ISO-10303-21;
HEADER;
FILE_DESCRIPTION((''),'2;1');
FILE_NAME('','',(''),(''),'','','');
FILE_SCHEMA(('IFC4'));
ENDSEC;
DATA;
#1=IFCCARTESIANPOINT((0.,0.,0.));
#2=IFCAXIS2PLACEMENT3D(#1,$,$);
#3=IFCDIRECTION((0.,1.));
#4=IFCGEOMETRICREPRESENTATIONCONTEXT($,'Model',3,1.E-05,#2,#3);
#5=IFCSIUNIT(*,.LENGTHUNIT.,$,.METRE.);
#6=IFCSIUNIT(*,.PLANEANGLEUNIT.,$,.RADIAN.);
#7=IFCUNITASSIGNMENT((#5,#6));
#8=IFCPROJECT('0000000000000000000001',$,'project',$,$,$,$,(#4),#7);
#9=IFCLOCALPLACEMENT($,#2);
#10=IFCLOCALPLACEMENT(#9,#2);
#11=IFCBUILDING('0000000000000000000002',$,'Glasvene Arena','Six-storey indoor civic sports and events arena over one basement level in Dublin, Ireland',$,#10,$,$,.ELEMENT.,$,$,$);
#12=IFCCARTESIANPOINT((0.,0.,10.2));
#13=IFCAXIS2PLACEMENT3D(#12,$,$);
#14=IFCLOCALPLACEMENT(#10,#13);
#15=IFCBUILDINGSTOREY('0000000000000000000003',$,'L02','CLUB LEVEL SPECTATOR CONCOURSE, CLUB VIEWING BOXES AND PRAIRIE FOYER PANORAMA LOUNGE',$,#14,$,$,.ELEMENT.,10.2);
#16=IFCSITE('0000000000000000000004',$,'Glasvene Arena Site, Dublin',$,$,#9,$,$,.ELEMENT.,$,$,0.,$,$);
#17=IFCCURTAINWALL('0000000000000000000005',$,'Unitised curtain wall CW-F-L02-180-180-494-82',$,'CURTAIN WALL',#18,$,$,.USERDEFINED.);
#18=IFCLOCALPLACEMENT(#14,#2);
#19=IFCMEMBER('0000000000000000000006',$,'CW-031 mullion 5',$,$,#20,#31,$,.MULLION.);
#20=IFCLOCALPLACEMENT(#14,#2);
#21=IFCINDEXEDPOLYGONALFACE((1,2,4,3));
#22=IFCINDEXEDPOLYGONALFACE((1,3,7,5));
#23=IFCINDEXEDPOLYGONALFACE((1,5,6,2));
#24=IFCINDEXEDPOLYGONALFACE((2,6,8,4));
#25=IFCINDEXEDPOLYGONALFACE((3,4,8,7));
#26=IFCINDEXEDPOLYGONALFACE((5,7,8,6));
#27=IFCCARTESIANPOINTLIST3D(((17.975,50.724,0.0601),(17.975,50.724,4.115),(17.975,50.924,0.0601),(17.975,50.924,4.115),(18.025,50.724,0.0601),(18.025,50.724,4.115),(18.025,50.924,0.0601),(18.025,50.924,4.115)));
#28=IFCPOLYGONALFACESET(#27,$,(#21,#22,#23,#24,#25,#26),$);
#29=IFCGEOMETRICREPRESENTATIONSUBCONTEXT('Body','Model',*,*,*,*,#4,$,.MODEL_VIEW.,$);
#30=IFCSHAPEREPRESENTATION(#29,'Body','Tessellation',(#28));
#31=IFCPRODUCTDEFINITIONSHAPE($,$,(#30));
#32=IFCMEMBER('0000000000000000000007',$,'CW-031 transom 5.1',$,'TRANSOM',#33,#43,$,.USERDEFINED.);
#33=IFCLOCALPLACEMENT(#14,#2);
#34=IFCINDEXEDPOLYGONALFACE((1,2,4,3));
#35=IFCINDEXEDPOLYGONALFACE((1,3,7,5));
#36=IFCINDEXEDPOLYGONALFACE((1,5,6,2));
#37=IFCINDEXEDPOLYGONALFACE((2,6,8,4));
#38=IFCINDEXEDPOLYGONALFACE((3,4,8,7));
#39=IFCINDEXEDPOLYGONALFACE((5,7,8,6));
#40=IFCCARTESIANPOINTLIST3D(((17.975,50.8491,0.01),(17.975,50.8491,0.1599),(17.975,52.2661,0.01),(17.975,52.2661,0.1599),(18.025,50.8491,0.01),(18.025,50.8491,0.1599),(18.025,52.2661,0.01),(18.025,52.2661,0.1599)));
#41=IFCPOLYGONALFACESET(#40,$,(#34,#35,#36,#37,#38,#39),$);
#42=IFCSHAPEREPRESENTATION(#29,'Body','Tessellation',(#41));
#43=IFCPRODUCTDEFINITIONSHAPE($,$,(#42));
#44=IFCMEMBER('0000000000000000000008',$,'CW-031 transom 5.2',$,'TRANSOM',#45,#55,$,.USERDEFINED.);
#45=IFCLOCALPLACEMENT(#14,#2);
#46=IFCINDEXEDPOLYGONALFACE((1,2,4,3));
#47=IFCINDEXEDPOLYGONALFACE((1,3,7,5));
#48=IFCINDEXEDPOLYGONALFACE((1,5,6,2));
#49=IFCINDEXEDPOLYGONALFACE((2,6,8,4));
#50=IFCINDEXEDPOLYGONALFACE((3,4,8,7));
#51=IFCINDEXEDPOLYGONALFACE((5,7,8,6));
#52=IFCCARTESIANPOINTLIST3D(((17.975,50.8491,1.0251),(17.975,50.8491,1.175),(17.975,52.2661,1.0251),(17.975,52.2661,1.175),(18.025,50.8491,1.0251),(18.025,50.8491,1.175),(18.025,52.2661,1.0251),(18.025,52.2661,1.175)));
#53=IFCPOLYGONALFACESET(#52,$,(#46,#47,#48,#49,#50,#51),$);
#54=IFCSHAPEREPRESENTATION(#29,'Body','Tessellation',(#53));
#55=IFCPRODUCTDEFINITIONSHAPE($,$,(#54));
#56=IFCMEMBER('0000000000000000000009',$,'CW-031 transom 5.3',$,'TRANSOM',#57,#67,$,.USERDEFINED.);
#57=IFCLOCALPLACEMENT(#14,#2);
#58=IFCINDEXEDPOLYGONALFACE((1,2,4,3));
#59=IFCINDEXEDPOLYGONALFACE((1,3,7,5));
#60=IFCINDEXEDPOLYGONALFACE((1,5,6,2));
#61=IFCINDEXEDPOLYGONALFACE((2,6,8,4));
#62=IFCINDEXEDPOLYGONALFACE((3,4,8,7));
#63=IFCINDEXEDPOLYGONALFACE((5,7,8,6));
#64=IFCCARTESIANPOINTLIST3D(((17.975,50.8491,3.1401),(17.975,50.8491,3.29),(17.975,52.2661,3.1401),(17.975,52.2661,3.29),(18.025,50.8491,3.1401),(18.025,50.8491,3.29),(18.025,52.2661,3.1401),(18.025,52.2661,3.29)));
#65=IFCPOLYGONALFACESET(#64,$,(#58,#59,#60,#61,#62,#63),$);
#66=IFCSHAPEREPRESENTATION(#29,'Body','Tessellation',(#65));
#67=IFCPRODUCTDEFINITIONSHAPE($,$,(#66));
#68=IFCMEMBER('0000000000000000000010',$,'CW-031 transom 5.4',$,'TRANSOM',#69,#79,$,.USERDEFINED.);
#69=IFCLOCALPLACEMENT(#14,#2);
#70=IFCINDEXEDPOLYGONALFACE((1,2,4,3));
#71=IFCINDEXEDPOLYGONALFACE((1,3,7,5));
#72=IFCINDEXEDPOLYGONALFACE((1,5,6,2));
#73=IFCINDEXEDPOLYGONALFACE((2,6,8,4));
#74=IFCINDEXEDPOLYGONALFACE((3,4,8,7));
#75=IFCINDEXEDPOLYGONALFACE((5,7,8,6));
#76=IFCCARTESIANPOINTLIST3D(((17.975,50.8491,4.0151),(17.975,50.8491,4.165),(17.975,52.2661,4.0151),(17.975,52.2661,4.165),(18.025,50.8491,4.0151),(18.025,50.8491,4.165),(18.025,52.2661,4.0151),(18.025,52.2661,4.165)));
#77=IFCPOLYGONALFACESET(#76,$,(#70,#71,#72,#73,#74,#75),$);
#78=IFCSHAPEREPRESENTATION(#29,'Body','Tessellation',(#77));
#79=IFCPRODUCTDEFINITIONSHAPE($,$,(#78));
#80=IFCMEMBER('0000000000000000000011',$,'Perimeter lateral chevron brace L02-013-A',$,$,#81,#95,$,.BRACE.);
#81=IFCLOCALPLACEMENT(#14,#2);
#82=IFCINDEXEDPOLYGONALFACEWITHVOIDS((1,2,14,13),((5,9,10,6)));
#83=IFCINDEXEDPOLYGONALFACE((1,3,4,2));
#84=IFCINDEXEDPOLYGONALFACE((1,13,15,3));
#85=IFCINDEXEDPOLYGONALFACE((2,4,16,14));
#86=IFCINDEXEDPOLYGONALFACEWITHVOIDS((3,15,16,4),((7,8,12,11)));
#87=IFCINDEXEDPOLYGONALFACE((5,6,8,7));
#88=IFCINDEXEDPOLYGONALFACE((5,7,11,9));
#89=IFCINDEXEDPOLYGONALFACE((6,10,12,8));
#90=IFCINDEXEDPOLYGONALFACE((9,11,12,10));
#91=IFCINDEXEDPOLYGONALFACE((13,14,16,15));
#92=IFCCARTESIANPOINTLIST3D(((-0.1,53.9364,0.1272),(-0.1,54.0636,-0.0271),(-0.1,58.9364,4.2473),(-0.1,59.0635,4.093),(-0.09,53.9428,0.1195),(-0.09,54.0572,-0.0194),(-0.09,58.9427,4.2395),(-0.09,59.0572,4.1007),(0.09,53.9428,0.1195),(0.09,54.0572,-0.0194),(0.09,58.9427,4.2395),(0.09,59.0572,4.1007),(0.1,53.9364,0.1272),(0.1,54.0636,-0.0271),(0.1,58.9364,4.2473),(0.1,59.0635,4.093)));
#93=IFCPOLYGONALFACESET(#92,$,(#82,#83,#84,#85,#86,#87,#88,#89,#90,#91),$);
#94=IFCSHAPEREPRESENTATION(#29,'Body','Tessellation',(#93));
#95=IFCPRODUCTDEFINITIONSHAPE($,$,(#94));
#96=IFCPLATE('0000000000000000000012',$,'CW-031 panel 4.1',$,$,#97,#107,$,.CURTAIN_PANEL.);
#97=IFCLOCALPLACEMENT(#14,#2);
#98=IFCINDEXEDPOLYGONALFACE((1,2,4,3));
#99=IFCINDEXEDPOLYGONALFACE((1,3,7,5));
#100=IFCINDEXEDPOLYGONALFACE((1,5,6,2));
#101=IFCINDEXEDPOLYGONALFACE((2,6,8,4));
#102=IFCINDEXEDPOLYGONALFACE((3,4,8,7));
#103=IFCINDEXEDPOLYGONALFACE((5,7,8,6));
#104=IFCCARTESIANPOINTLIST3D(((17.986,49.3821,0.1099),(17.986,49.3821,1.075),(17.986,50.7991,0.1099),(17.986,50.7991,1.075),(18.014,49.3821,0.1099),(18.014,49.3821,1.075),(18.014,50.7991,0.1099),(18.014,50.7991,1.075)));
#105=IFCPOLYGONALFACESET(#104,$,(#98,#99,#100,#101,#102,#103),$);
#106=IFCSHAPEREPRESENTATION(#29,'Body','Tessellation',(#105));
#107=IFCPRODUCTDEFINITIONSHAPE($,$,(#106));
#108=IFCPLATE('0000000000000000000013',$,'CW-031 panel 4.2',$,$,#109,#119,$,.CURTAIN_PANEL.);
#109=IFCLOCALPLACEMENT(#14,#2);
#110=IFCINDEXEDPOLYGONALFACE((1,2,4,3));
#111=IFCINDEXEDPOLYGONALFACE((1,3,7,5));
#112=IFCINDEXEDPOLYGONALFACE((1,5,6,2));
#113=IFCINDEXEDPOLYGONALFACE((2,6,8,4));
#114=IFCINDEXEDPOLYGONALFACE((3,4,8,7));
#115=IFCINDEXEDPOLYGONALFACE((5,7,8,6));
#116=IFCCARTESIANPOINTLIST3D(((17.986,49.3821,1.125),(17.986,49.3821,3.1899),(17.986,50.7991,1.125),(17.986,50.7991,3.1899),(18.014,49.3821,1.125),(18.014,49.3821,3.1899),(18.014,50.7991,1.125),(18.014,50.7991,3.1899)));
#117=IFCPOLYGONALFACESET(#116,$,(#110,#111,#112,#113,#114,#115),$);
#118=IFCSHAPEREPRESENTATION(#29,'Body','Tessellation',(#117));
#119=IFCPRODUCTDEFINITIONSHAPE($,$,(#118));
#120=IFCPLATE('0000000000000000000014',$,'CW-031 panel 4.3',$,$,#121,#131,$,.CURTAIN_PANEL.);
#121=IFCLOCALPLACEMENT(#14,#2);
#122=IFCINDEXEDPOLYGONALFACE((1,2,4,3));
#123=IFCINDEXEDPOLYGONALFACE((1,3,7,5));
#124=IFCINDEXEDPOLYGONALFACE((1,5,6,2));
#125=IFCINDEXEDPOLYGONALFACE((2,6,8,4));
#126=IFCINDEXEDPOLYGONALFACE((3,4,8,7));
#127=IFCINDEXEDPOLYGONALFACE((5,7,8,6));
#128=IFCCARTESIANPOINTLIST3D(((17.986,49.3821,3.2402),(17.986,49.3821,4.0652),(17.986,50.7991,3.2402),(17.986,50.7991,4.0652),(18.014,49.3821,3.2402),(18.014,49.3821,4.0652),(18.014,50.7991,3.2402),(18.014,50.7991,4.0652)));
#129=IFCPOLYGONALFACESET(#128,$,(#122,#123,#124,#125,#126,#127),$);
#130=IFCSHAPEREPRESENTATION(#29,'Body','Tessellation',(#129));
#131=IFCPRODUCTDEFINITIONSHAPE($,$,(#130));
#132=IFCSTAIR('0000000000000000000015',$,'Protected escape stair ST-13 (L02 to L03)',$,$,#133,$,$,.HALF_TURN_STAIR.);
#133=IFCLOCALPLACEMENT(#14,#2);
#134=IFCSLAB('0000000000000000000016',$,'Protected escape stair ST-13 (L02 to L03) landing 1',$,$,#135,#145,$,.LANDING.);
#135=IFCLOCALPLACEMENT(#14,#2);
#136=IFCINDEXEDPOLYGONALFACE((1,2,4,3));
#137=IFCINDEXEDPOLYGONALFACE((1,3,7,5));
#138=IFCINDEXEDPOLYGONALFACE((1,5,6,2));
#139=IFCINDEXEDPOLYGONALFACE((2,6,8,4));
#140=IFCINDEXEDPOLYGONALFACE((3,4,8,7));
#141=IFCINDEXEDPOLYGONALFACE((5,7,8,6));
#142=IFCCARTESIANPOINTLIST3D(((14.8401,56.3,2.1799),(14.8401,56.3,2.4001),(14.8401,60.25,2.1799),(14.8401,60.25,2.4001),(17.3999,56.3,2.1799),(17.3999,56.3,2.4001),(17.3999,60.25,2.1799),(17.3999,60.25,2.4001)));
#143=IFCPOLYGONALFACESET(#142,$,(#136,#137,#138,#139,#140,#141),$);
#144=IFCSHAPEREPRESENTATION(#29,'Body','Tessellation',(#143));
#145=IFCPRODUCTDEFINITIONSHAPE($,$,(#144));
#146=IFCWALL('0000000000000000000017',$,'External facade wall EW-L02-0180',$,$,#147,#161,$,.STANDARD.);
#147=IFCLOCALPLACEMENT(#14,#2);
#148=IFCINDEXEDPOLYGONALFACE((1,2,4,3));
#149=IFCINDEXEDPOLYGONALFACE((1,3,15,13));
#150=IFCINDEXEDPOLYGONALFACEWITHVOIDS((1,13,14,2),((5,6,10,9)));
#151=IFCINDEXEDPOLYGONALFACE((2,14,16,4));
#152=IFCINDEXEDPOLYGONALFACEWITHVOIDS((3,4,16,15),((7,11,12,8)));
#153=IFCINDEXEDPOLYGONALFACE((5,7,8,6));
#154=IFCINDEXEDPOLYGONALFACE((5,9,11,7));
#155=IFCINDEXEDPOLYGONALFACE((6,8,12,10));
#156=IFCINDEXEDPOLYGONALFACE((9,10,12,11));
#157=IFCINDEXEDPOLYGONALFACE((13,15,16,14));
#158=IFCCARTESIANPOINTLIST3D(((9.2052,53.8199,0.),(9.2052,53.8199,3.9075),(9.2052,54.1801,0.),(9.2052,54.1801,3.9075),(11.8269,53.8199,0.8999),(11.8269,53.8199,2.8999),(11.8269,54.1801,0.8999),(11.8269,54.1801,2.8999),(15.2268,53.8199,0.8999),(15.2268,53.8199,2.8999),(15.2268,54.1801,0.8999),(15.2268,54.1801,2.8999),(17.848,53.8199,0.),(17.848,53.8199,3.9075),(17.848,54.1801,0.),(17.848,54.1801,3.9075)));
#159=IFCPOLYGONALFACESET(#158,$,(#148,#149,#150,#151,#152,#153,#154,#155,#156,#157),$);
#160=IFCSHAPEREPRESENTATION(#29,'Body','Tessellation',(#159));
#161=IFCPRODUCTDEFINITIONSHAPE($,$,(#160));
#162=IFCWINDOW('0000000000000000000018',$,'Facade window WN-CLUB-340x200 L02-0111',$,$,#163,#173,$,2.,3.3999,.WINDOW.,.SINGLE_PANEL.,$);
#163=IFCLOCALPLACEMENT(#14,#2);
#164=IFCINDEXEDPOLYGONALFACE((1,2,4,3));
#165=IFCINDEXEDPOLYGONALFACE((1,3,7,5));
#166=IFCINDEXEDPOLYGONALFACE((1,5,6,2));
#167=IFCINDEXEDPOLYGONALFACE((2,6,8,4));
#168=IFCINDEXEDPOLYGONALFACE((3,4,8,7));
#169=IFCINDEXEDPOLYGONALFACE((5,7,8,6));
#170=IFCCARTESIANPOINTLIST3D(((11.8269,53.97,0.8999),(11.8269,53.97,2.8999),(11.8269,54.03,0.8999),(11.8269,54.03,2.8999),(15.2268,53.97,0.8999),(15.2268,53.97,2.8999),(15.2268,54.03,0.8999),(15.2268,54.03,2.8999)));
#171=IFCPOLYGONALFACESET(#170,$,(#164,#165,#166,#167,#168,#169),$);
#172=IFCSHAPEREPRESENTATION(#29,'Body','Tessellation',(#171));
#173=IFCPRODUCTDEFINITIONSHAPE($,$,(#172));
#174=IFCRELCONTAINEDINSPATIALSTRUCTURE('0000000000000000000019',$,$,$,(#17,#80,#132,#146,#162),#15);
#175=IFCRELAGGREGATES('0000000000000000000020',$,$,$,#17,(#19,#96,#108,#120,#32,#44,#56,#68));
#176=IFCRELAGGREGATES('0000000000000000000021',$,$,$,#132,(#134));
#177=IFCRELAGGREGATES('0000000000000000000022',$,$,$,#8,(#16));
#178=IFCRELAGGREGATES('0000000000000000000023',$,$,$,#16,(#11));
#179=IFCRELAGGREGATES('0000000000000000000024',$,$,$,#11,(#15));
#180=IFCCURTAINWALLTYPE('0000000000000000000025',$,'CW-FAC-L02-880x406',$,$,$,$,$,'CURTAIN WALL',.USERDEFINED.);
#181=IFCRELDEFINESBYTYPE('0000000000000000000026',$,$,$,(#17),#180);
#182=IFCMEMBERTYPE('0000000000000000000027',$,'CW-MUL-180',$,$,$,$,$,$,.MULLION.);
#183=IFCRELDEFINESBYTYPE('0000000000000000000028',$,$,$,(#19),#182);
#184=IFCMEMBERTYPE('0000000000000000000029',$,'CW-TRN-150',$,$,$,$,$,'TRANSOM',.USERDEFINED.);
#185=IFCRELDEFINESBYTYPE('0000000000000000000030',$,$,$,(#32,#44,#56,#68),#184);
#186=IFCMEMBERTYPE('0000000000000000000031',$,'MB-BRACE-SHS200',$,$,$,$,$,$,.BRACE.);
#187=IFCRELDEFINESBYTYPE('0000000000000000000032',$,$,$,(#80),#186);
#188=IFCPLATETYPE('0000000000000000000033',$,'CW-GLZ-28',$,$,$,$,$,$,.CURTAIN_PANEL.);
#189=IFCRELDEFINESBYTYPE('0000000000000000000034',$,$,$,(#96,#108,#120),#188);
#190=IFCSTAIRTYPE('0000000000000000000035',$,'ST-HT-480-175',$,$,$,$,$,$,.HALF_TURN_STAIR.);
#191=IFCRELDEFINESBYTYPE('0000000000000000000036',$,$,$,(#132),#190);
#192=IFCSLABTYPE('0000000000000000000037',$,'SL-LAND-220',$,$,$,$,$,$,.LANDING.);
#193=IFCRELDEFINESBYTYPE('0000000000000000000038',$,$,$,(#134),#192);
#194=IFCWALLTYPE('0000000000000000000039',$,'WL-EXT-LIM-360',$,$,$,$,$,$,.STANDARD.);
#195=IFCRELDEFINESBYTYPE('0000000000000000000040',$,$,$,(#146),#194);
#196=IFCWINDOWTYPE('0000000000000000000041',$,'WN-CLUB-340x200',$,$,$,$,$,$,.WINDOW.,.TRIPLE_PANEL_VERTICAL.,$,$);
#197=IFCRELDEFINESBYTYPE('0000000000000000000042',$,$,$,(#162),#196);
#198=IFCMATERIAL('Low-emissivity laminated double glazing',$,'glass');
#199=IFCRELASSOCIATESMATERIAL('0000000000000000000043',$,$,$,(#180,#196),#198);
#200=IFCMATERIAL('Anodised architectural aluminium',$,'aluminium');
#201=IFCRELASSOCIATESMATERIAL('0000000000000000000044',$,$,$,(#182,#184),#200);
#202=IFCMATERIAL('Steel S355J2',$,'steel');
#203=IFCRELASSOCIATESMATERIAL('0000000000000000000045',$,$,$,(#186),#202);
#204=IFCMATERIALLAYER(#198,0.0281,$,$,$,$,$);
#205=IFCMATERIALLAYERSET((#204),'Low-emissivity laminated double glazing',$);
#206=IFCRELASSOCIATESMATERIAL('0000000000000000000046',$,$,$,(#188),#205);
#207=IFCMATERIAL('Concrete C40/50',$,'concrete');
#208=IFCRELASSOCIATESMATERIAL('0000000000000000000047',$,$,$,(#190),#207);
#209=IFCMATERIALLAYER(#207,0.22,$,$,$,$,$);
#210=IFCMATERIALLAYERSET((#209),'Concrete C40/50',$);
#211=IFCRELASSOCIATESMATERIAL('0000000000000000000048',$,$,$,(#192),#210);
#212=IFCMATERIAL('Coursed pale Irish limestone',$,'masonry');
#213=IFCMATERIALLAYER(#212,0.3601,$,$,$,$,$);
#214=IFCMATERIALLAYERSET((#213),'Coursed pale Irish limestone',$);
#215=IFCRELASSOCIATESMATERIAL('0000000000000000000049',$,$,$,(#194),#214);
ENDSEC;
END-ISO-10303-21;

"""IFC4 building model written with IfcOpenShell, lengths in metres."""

from ifc_helpers import new_model, si_unit, direction, frame, frame_2d, origin, origin_2d, place, context, subcontext, project, spatial, polyline, rectangle, hollow_rectangle, outline, extrude, material, layer, layer_set, material_profile, profile_set, type_object, element, fill, aggregate, save


model = new_model("IFC4")

# Units and contexts
model_context = context("Model", 3, precision=1e-05, world=origin(), true_north=direction((0.0, 1.0)))
body_context = subcontext(model_context, "Body", "Model", "MODEL_VIEW")
ifc_project = project(units=[si_unit("LENGTHUNIT", "METRE"), si_unit("PLANEANGLEUNIT", "RADIAN")], contexts=[model_context])

# Site, building, storey
site_placement = place(None, origin())
site = spatial("IfcSite", under=ifc_project, at=site_placement, Name="Glasvene Arena Site, Dublin", CompositionType="ELEMENT", RefElevation=0.0)
building_placement = place(site_placement, origin())
building = spatial("IfcBuilding", under=site, at=building_placement, Name="Glasvene Arena", Description="Six-storey indoor civic sports and events arena over one basement level in Dublin, Ireland", CompositionType="ELEMENT")
storey_placement = place(building_placement, frame((0.0, 0.0, 10.2)))
storey = spatial("IfcBuildingStorey", under=building, at=storey_placement, Name="L02", Description="CLUB LEVEL SPECTATOR CONCOURSE, CLUB VIEWING BOXES AND PRAIRIE FOYER PANORAMA LOUNGE", CompositionType="ELEMENT", Elevation=10.2)

# Shared definitions
ifc_material_1 = material(Name="Steel S355J2", Category="steel")

# Curtain wall, members
ifc_material_2 = material(Name="Low-emissivity laminated double glazing", Category="glass")
curtain_wall_type = type_object("IfcCurtainWallType", Name="CW-FAC-L02-880x406", ElementType="CURTAIN WALL", PredefinedType="USERDEFINED", material=ifc_material_2)
curtain_wall_placement = place(storey_placement, frame((18.0, 44.9561, 0.0)))
curtain_wall = element("IfcCurtainWall", 1, at=curtain_wall_placement, inside=storey, type_object=curtain_wall_type, Name="Unitised curtain wall CW-F-L02-180-180-494-82", ObjectType="CURTAIN WALL", PredefinedType="USERDEFINED")
ifc_material_3 = material(Name="Anodised architectural aluminium", Category="aluminium")
ifc_material_profile_1 = material_profile(ifc_material_3, rectangle(XDim=0.05, YDim=0.2, at=origin_2d()), Name="ALU MULLION 50x200")
ifc_profile_set_1 = profile_set([ifc_material_profile_1], Name="Anodised architectural aluminium")
member_type_1 = type_object("IfcMemberType", Name="CW-MUL-180", PredefinedType="MULLION", material=ifc_profile_set_1)
member_1_placement = place(storey_placement, frame((18.0, 50.824, 0.0601), z_axis=(0.0, 0.0, 1.0), x_axis=(-1.0, 0.0, 0.0)))
member_1 = element("IfcMember", 2, at=member_1_placement, type_object=member_type_1, Name="CW-031 mullion 5", PredefinedType="MULLION", context=body_context, shape_type="SweptSolid", body=[
    extrude(rectangle(XDim=0.05, YDim=0.2, at=origin_2d()), origin(), (0.0, 0.0, 1.0), 4.0549),
])
ifc_material_profile_2 = material_profile(ifc_material_3, rectangle(XDim=0.05, YDim=0.1499, at=origin_2d()), Name="ALU TRANSOM 50x150")
ifc_profile_set_2 = profile_set([ifc_material_profile_2], Name="Anodised architectural aluminium")
member_type_2 = type_object("IfcMemberType", Name="CW-TRN-150", ElementType="TRANSOM", PredefinedType="USERDEFINED", material=ifc_profile_set_2)
member_2_placement = place(storey_placement, frame((18.0, 50.8491, 0.085), z_axis=(0.0, 1.0, 0.0), x_axis=(-1.0, 0.0, 0.0)))
member_2 = element("IfcMember", 3, at=member_2_placement, type_object=member_type_2, Name="CW-031 transom 5.1", ObjectType="TRANSOM", PredefinedType="USERDEFINED", context=body_context, shape_type="SweptSolid", body=[
    extrude(rectangle(XDim=0.05, YDim=0.1499, at=origin_2d()), origin(), (0.0, 0.0, 1.0), 1.417),
])
member_3_placement = place(storey_placement, frame((18.0, 50.8491, 1.1001), z_axis=(0.0, 1.0, 0.0), x_axis=(-1.0, 0.0, 0.0)))
member_3 = element("IfcMember", 4, at=member_3_placement, type_object=member_type_2, Name="CW-031 transom 5.2", ObjectType="TRANSOM", PredefinedType="USERDEFINED", context=body_context, shape_type="SweptSolid", body=[
    extrude(rectangle(XDim=0.05, YDim=0.1499, at=origin_2d()), origin(), (0.0, 0.0, 1.0), 1.417),
])
member_4_placement = place(storey_placement, frame((18.0, 50.8491, 3.2151), z_axis=(0.0, 1.0, 0.0), x_axis=(-1.0, 0.0, 0.0)))
member_4 = element("IfcMember", 5, at=member_4_placement, type_object=member_type_2, Name="CW-031 transom 5.3", ObjectType="TRANSOM", PredefinedType="USERDEFINED", context=body_context, shape_type="SweptSolid", body=[
    extrude(rectangle(XDim=0.05, YDim=0.1499, at=origin_2d()), origin(), (0.0, 0.0, 1.0), 1.417),
])
member_5_placement = place(storey_placement, frame((18.0, 50.8491, 4.0901), z_axis=(0.0, 1.0, 0.0), x_axis=(-1.0, 0.0, 0.0)))
member_5 = element("IfcMember", 6, at=member_5_placement, type_object=member_type_2, Name="CW-031 transom 5.4", ObjectType="TRANSOM", PredefinedType="USERDEFINED", context=body_context, shape_type="SweptSolid", body=[
    extrude(rectangle(XDim=0.05, YDim=0.1499, at=origin_2d()), origin(), (0.0, 0.0, 1.0), 1.417),
])

# Member
ifc_material_profile_3 = material_profile(ifc_material_1, hollow_rectangle(XDim=0.2, YDim=0.2, WallThickness=0.01, at=origin_2d()), Name="SHS 200x200x10.0")
ifc_profile_set_3 = profile_set([ifc_material_profile_3], Name="Steel S355J2")
member_type_3 = type_object("IfcMemberType", Name="MB-BRACE-SHS200", PredefinedType="BRACE", material=ifc_profile_set_3)
member_6_placement = place(storey_placement, frame((0.0, 54.0, 0.05), z_axis=(0.0, 0.771743, 0.635934), x_axis=(-1.0, 0.0, 0.0)))
element("IfcMember", 7, at=member_6_placement, inside=storey, type_object=member_type_3, Name="Perimeter lateral chevron brace L02-013-A", PredefinedType="BRACE", context=body_context, shape_type="SweptSolid", body=[
    extrude(hollow_rectangle(XDim=0.2, YDim=0.2, WallThickness=0.01, at=origin_2d()), origin(), (0.0, 0.0, 1.0), 6.4788),
])

# Plates
ifc_layer_1 = layer(ifc_material_2, 0.0281)
ifc_layer_set_1 = layer_set([ifc_layer_1], Name="Low-emissivity laminated double glazing")
plate_type = type_object("IfcPlateType", Name="CW-GLZ-28", PredefinedType="CURTAIN_PANEL", material=ifc_layer_set_1)
plate_1_placement = place(storey_placement, frame((18.0, 50.0906, 0.1099), z_axis=(0.0, 0.0, 1.0), x_axis=(0.0, 1.0, 0.0)))
plate_1 = element("IfcPlate", 8, at=plate_1_placement, type_object=plate_type, Name="CW-031 panel 4.1", PredefinedType="CURTAIN_PANEL", context=body_context, shape_type="SweptSolid", body=[
    extrude(rectangle(XDim=1.417, YDim=0.0281, at=origin_2d()), origin(), (0.0, 0.0, 1.0), 0.9651),
])
plate_2_placement = place(storey_placement, frame((18.0, 50.0906, 1.125), z_axis=(0.0, 0.0, 1.0), x_axis=(0.0, 1.0, 0.0)))
plate_2 = element("IfcPlate", 9, at=plate_2_placement, type_object=plate_type, Name="CW-031 panel 4.2", PredefinedType="CURTAIN_PANEL", context=body_context, shape_type="SweptSolid", body=[
    extrude(rectangle(XDim=1.417, YDim=0.0281, at=origin_2d()), origin(), (0.0, 0.0, 1.0), 2.0649),
])
plate_3_placement = place(storey_placement, frame((18.0, 50.0906, 3.2402), z_axis=(0.0, 0.0, 1.0), x_axis=(0.0, 1.0, 0.0)))
plate_3 = element("IfcPlate", 10, at=plate_3_placement, type_object=plate_type, Name="CW-031 panel 4.3", PredefinedType="CURTAIN_PANEL", context=body_context, shape_type="SweptSolid", body=[
    extrude(rectangle(XDim=1.417, YDim=0.0281, at=origin_2d()), origin(), (0.0, 0.0, 1.0), 0.825),
])
aggregate(curtain_wall, [member_1, plate_1, plate_2, plate_3, member_2, member_3, member_4, member_5])

# Shared definitions
ifc_material_4 = material(Name="Concrete C40/50", Category="concrete")

# Stair, slab
stair_type = type_object("IfcStairType", Name="ST-HT-480-175", PredefinedType="HALF_TURN_STAIR", material=ifc_material_4)
stair_placement = place(storey_placement, origin())
stair = element("IfcStair", 11, at=stair_placement, inside=storey, type_object=stair_type, Name="Protected escape stair ST-13 (L02 to L03)", PredefinedType="HALF_TURN_STAIR")
ifc_layer_2 = layer(ifc_material_4, 0.22)
ifc_layer_set_2 = layer_set([ifc_layer_2], Name="Concrete C40/50")
slab_type_1 = type_object("IfcSlabType", Name="SL-LAND-220", PredefinedType="LANDING", material=ifc_layer_set_2)
slab_1_placement = place(storey_placement, frame((16.1201, 58.2749, 2.1799)))
slab_1 = element("IfcSlab", 12, at=slab_1_placement, type_object=slab_type_1, Name="Protected escape stair ST-13 (L02 to L03) landing 1", PredefinedType="LANDING", context=body_context, shape_type="SweptSolid", body=[
    extrude(outline(polyline([(-1.28, -1.9749), (1.2798, -1.9749), (1.2798, 1.9751), (-1.28, 1.9751), (-1.28, -1.9749)])), origin(), (0.0, 0.0, 1.0), 0.2202),
])

# Wall, opening, window
ifc_material_5 = material(Name="Coursed pale Irish limestone", Category="masonry")
ifc_layer_3 = layer(ifc_material_5, 0.3601)
ifc_layer_set_3 = layer_set([ifc_layer_3], Name="Coursed pale Irish limestone")
wall_type_1 = type_object("IfcWallType", Name="WL-EXT-LIM-360", PredefinedType="STANDARD", material=ifc_layer_set_3)
wall_1_placement = place(storey_placement, frame((17.8479, 54.0, 0.0), z_axis=(0.0, 0.0, 1.0), x_axis=(-1.0, 0.0, 0.0)))
wall_1 = element("IfcWall", 13, at=wall_1_placement, inside=storey, type_object=wall_type_1, Name="External facade wall EW-L02-0180", PredefinedType="STANDARD", context=body_context, shape_type="SweptSolid", body=[
    extrude(rectangle(XDim=8.6428, YDim=0.3601, at=frame_2d((4.3213, 0.0))), origin(), (0.0, 0.0, 1.0), 3.9075),
])
opening_1_placement = place(wall_1_placement, frame((2.6211, 0.0, 0.8999)))
opening_1 = element("IfcOpeningElement", 14, at=opening_1_placement, cuts=wall_1, PredefinedType="OPENING", context=body_context, shape_type="SweptSolid", body=[
    extrude(rectangle(XDim=3.3999, YDim=2.0, at=frame_2d((1.7, 1.0))), frame((0.0, 0.1899, 0.0), z_axis=(0.0, -1.0, 0.0), x_axis=(1.0, 0.0, 0.0)), (0.0, 0.0, 1.0), 0.3801),
])
window_type = type_object("IfcWindowType", Name="WN-CLUB-340x200", PartitioningType="TRIPLE_PANEL_VERTICAL", PredefinedType="WINDOW", material=ifc_material_2)
window_1_placement = place(opening_1_placement, origin())
window_1 = element("IfcWindow", 15, at=window_1_placement, inside=storey, type_object=window_type, Name="Facade window WN-CLUB-340x200 L02-0111", OverallHeight=2.0, OverallWidth=3.3999, PartitioningType="SINGLE_PANEL", PredefinedType="WINDOW", context=body_context, shape_type="SweptSolid", body=[
    extrude(rectangle(XDim=3.3999, YDim=2.0, at=frame_2d((1.7, 1.0))), frame((0.0, 0.03, 0.0), z_axis=(0.0, -1.0, 0.0), x_axis=(1.0, 0.0, 0.0)), (0.0, 0.0, 1.0), 0.0601),
])
fill(opening_1, window_1)

aggregate(stair, [slab_1])

save(model, "model.ifc")
